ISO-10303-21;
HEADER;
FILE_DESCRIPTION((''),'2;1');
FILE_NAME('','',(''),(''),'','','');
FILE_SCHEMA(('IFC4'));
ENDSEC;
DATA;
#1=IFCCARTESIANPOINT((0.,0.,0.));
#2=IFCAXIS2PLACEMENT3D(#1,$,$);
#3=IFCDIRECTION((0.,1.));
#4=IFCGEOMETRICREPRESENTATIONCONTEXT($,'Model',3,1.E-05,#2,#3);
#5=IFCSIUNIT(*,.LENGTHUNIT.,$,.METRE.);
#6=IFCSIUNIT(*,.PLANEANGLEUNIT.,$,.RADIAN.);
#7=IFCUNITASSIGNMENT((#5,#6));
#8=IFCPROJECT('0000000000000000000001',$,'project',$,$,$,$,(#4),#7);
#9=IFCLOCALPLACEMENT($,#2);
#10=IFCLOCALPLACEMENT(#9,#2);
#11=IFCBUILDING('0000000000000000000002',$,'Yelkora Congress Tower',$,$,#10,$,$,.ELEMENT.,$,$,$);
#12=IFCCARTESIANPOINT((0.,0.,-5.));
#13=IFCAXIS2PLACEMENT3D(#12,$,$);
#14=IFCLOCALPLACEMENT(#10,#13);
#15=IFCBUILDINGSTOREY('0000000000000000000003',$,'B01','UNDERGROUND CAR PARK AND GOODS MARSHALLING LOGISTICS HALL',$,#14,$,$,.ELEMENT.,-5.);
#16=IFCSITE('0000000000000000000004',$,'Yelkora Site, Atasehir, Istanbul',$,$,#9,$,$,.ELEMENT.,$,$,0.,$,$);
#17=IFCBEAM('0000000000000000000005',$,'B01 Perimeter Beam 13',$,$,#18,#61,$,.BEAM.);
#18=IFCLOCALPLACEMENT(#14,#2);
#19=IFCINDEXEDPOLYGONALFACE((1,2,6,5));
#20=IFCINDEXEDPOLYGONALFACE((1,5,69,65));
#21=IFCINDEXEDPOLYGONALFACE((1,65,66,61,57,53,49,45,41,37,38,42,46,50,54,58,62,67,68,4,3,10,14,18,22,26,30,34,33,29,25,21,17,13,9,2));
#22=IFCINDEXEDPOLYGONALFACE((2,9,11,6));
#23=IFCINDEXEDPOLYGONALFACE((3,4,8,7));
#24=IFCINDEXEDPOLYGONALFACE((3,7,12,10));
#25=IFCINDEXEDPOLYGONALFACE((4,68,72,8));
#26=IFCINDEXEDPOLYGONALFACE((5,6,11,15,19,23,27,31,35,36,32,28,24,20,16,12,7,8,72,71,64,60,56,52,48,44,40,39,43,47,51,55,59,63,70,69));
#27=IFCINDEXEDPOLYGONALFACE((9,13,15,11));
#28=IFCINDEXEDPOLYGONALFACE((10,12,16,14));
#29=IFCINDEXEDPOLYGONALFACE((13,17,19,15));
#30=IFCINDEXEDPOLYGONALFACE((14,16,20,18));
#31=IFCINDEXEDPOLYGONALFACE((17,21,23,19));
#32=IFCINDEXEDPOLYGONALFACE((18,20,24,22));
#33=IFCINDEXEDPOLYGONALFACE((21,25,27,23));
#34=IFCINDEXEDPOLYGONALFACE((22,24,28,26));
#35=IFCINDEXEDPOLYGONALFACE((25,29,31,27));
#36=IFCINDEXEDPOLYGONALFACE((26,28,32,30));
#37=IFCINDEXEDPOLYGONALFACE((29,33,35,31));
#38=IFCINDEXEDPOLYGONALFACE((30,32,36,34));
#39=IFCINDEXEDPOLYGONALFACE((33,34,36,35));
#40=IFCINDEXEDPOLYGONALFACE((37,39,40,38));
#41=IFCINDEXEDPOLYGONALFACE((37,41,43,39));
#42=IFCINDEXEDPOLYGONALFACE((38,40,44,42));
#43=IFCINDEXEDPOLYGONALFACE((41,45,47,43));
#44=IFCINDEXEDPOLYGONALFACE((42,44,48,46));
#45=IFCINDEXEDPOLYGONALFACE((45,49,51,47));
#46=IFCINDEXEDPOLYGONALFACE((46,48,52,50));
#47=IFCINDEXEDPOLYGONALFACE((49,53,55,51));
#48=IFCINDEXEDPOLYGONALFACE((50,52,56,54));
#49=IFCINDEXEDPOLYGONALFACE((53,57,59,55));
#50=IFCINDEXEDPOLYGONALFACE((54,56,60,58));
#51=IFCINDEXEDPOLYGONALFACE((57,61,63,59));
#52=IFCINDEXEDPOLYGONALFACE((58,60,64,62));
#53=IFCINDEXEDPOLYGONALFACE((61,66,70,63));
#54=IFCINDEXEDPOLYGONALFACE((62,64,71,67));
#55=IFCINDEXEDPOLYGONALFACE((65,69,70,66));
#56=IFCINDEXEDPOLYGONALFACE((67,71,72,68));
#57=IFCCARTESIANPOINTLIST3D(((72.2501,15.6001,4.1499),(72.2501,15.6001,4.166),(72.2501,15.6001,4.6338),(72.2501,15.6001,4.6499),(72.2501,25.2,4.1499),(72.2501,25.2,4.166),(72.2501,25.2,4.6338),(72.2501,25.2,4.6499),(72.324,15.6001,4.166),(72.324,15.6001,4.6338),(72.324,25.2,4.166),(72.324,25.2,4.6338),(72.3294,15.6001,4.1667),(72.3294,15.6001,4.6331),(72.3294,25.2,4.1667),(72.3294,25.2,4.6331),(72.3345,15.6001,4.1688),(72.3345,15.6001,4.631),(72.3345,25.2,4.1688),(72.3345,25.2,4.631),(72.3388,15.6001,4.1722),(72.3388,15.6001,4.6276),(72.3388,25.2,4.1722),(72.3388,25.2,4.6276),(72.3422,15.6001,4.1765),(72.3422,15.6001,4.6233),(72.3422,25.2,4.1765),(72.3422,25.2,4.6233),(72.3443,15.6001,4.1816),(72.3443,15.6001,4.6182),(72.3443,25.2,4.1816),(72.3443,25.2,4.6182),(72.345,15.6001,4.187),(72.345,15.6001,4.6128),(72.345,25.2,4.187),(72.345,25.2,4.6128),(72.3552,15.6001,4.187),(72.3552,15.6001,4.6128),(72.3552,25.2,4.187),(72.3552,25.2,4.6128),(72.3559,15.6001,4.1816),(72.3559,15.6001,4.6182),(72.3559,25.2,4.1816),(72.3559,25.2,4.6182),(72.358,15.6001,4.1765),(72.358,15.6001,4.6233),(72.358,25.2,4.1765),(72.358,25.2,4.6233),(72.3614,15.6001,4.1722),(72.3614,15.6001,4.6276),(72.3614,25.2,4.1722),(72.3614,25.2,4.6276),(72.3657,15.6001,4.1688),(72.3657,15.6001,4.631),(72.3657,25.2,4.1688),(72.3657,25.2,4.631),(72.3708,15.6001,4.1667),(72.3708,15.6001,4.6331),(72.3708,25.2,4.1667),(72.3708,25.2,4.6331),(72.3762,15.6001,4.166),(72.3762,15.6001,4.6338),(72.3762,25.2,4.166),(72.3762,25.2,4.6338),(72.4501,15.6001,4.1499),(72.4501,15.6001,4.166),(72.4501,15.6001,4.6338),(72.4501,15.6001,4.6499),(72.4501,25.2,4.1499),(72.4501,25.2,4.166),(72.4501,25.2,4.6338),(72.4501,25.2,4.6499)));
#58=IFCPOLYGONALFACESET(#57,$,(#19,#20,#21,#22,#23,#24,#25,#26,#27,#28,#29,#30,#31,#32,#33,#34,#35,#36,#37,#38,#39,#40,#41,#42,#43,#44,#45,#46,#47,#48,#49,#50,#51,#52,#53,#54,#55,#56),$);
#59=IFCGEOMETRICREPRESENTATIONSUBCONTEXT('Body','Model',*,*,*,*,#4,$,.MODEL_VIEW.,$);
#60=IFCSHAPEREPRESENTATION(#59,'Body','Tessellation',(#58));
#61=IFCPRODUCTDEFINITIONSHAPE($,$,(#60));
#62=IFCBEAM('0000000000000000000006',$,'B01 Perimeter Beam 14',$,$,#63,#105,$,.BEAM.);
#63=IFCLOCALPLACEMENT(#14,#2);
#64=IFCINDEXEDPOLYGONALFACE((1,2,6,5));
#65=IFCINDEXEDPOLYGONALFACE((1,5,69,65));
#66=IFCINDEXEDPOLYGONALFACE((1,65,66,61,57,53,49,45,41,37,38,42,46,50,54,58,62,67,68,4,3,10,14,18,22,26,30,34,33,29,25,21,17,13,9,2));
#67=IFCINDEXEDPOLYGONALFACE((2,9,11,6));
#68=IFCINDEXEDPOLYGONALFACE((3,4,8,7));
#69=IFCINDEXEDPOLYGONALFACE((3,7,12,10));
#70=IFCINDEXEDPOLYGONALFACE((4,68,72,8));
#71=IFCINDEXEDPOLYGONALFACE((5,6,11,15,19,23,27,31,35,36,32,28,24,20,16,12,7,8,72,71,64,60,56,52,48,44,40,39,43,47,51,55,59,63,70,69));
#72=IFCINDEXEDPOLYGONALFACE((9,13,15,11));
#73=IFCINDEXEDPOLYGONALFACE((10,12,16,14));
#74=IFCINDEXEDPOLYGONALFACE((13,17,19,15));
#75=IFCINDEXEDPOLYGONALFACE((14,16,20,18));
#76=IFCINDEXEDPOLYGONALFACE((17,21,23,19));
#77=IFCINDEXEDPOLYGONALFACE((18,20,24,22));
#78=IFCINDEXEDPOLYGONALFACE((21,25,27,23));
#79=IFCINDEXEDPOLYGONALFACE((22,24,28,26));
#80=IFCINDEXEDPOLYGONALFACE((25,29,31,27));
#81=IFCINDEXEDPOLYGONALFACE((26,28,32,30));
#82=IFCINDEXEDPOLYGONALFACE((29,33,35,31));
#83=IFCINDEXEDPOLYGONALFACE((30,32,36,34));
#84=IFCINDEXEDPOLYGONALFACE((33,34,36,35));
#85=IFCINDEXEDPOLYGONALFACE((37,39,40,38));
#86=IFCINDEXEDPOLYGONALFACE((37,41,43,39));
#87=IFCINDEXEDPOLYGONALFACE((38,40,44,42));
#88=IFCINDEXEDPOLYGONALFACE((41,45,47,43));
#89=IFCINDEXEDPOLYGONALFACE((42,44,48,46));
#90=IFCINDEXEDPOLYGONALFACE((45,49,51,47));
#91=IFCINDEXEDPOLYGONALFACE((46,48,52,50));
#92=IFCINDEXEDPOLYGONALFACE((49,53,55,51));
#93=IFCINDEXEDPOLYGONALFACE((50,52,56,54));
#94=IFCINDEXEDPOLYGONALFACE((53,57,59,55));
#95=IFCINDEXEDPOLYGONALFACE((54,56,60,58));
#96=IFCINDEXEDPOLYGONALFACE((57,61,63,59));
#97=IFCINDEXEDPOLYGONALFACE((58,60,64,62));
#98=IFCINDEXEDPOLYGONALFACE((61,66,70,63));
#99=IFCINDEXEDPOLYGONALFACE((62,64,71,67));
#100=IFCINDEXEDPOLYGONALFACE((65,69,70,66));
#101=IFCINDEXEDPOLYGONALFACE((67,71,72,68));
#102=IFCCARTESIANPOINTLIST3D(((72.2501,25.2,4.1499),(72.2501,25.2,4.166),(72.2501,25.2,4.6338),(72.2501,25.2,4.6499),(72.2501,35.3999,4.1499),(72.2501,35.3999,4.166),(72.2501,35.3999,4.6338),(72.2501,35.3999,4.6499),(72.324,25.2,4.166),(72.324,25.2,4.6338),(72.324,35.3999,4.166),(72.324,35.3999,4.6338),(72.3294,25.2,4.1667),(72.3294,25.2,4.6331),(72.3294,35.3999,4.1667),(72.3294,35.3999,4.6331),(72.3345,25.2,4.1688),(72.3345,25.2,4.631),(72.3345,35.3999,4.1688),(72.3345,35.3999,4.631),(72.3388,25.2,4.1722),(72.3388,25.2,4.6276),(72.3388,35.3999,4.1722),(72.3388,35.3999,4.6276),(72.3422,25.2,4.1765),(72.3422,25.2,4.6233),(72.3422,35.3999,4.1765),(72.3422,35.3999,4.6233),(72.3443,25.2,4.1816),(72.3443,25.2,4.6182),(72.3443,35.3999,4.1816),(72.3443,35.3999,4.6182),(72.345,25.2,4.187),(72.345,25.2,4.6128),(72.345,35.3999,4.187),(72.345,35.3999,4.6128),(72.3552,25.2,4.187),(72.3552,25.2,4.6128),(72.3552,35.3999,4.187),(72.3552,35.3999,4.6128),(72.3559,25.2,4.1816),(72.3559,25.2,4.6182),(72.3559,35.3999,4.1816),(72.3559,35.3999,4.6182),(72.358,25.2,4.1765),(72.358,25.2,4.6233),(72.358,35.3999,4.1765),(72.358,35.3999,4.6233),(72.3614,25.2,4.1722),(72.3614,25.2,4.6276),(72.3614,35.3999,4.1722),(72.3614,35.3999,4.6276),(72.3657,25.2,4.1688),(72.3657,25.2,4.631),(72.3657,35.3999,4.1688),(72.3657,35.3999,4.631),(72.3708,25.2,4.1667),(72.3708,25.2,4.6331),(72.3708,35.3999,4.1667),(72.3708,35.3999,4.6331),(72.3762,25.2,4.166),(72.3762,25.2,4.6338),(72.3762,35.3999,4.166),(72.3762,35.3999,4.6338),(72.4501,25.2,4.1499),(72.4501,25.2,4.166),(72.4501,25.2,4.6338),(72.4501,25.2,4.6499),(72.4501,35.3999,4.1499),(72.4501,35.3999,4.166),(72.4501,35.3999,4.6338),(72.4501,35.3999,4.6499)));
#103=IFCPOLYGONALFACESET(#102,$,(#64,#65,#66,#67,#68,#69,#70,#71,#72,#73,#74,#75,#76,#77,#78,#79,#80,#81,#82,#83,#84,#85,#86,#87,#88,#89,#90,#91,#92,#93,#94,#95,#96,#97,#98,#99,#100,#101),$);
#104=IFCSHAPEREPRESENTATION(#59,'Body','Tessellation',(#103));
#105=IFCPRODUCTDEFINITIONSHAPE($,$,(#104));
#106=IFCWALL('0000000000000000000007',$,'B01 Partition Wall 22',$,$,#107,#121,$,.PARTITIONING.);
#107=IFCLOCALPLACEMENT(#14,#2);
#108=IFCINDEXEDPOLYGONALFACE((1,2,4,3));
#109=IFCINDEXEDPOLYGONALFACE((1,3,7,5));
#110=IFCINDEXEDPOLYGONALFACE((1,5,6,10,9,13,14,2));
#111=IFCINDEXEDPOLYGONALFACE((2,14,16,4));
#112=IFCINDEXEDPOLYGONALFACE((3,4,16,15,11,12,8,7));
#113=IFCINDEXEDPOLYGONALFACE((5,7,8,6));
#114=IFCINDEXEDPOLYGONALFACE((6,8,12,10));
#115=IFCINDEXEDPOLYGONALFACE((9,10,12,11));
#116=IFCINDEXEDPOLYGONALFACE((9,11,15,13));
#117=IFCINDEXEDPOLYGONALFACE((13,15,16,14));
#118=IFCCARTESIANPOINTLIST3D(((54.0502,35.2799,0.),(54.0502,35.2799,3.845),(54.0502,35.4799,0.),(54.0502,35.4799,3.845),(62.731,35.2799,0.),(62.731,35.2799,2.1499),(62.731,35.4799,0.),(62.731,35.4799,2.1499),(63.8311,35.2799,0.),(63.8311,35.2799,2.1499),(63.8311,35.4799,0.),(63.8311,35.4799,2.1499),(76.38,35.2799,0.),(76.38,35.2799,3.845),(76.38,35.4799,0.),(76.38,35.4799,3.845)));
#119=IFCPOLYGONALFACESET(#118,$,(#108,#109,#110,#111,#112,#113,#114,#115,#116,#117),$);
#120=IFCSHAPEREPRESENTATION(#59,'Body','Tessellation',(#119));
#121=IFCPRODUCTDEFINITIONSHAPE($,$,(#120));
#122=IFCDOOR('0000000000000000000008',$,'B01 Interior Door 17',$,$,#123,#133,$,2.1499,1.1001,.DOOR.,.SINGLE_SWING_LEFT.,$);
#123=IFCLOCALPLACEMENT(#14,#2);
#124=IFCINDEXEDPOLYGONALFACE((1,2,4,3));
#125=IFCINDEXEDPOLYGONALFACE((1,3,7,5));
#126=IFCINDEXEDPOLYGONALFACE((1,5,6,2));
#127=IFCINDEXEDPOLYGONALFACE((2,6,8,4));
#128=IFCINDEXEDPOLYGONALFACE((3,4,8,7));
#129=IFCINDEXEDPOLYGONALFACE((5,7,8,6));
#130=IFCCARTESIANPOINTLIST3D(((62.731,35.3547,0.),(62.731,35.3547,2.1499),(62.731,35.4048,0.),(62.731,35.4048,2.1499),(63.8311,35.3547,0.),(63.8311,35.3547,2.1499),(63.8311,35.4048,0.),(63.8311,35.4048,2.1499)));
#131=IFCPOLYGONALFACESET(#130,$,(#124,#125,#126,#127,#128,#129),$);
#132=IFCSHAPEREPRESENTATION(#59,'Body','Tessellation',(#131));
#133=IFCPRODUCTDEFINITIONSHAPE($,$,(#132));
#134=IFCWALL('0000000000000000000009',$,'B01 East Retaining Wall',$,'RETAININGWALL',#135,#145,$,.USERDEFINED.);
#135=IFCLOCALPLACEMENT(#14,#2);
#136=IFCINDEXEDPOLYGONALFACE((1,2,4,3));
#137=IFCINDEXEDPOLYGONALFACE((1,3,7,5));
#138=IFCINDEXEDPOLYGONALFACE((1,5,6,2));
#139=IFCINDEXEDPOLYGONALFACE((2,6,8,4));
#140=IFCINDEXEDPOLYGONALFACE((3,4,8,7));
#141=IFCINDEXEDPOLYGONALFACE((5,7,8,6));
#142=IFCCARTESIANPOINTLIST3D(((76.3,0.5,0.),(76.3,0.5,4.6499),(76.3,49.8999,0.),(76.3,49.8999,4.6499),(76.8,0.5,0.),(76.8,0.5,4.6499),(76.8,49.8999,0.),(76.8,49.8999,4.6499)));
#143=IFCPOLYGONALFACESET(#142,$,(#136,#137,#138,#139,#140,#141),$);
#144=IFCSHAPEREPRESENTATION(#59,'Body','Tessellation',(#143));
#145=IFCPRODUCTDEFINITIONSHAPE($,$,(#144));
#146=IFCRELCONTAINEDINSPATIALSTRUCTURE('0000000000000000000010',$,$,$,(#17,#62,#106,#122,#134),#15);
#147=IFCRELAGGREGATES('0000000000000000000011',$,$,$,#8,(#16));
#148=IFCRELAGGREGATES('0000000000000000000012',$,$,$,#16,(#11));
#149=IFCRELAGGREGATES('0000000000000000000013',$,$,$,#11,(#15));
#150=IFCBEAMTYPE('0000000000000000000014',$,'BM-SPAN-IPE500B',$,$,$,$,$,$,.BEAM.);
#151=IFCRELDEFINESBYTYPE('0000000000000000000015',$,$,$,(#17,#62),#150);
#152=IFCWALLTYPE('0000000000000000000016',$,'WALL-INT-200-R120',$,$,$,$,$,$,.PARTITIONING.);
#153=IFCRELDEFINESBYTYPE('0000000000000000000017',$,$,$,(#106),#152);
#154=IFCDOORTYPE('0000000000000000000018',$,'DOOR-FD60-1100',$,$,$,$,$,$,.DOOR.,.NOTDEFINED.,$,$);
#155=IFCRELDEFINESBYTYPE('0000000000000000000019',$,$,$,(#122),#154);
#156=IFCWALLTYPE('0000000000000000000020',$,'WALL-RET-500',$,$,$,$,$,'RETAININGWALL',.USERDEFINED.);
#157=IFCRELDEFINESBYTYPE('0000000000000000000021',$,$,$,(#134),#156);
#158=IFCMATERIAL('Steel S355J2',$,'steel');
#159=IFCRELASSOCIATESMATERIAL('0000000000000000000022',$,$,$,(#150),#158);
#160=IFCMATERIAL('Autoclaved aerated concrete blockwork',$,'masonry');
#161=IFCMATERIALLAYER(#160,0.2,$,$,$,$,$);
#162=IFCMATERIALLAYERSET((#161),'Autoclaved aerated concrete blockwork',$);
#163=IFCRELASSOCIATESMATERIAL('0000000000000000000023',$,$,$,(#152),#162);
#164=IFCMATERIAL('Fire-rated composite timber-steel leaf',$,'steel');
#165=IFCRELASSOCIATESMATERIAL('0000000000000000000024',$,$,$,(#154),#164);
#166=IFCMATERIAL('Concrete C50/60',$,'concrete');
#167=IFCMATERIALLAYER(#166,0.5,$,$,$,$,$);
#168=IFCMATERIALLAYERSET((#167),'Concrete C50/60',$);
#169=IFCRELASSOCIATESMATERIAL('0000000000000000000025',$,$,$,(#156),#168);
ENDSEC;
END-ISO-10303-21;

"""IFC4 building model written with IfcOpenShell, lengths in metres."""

from ifc_helpers import new_model, si_unit, direction, frame, frame_2d, origin, origin_2d, place, context, subcontext, project, spatial, rectangle, i_section, extrude, material, layer, layer_set, material_profile, profile_set, type_object, element, fill, save


model = new_model("IFC4")

# Units and contexts
model_context = context("Model", 3, precision=1e-05, world=origin(), true_north=direction((0.0, 1.0)))
body_context = subcontext(model_context, "Body", "Model", "MODEL_VIEW")
ifc_project = project(units=[si_unit("LENGTHUNIT", "METRE"), si_unit("PLANEANGLEUNIT", "RADIAN")], contexts=[model_context])

# Site, building, storey
site_placement = place(None, origin())
site = spatial("IfcSite", under=ifc_project, at=site_placement, Name="Yelkora Site, Atasehir, Istanbul", CompositionType="ELEMENT", RefElevation=0.0)
building_placement = place(site_placement, origin())
building = spatial("IfcBuilding", under=site, at=building_placement, Name="Yelkora Congress Tower", CompositionType="ELEMENT")
storey_placement = place(building_placement, frame((0.0, 0.0, -5.0)))
storey = spatial("IfcBuildingStorey", under=building, at=storey_placement, Name="B01", Description="UNDERGROUND CAR PARK AND GOODS MARSHALLING LOGISTICS HALL", CompositionType="ELEMENT", Elevation=-5.0)

# Shared definitions
ifc_material_1 = material(Name="Concrete C50/60", Category="concrete")

# Beams
ifc_material_2 = material(Name="Steel S355J2", Category="steel")
ifc_material_profile_1 = material_profile(ifc_material_2, i_section(OverallWidth=0.2, OverallDepth=0.5, WebThickness=0.0103, FlangeThickness=0.0161, FilletRadius=0.021, at=origin_2d()), Name="IPE 500")
ifc_profile_set_1 = profile_set([ifc_material_profile_1], Name="Steel S355J2")
beam_type_1 = type_object("IfcBeamType", Name="BM-SPAN-IPE500B", PredefinedType="BEAM", material=ifc_profile_set_1)
beam_1_placement = place(storey_placement, frame((72.3501, 15.6001, 4.3999), z_axis=(0.0, 1.0, 0.0), x_axis=(-1.0, 0.0, 0.0)))
element("IfcBeam", 1, at=beam_1_placement, inside=storey, type_object=beam_type_1, Name="B01 Perimeter Beam 13", PredefinedType="BEAM", context=body_context, shape_type="SweptSolid", body=[
    extrude(i_section(OverallWidth=0.2, OverallDepth=0.5, WebThickness=0.0103, FlangeThickness=0.0161, FilletRadius=0.021, at=origin_2d()), origin(), (0.0, 0.0, 1.0), 9.5999),
])
beam_2_placement = place(storey_placement, frame((72.3501, 25.2, 4.3999), z_axis=(0.0, 1.0, 0.0), x_axis=(-1.0, 0.0, 0.0)))
element("IfcBeam", 2, at=beam_2_placement, inside=storey, type_object=beam_type_1, Name="B01 Perimeter Beam 14", PredefinedType="BEAM", context=body_context, shape_type="SweptSolid", body=[
    extrude(i_section(OverallWidth=0.2, OverallDepth=0.5, WebThickness=0.0103, FlangeThickness=0.0161, FilletRadius=0.021, at=origin_2d()), origin(), (0.0, 0.0, 1.0), 10.2),
])

# Wall, opening, door
ifc_material_3 = material(Name="Autoclaved aerated concrete blockwork", Category="masonry")
ifc_layer_1 = layer(ifc_material_3, 0.2)
ifc_layer_set_1 = layer_set([ifc_layer_1], Name="Autoclaved aerated concrete blockwork")
wall_type_1 = type_object("IfcWallType", Name="WALL-INT-200-R120", PredefinedType="PARTITIONING", material=ifc_layer_set_1)
wall_1_placement = place(storey_placement, frame((54.05, 35.3799, 0.0), z_axis=(0.0, 0.0, 1.0), x_axis=(1.0, 0.0, 0.0)))
wall_1 = element("IfcWall", 3, at=wall_1_placement, inside=storey, type_object=wall_type_1, Name="B01 Partition Wall 22", PredefinedType="PARTITIONING", context=body_context, shape_type="SweptSolid", body=[
    extrude(rectangle(XDim=22.3298, YDim=0.2, at=frame_2d((11.165, 0.0))), origin(), (0.0, 0.0, 1.0), 3.845),
])
opening_placement = place(wall_1_placement, frame((8.6809, 0.0, 0.0)))
opening = element("IfcOpeningElement", 4, at=opening_placement, cuts=wall_1, PredefinedType="OPENING", context=body_context, shape_type="SweptSolid", body=[
    extrude(rectangle(XDim=1.1001, YDim=2.1499, at=frame_2d((0.55, 1.075))), frame((0.0, 0.1099, 0.0), z_axis=(0.0, -1.0, 0.0), x_axis=(1.0, 0.0, 0.0)), (0.0, 0.0, 1.0), 0.22),
])
ifc_material_4 = material(Name="Fire-rated composite timber-steel leaf", Category="steel")
door_type = type_object("IfcDoorType", Name="DOOR-FD60-1100", OperationType="NOTDEFINED", PredefinedType="DOOR", material=ifc_material_4)
door_placement = place(opening_placement, origin())
door = element("IfcDoor", 5, at=door_placement, inside=storey, type_object=door_type, Name="B01 Interior Door 17", OperationType="SINGLE_SWING_LEFT", OverallHeight=2.1499, OverallWidth=1.1001, PredefinedType="DOOR", context=body_context, shape_type="SweptSolid", body=[
    extrude(rectangle(XDim=1.1001, YDim=2.1499, at=frame_2d((0.55, 1.075))), frame((0.0, 0.0249, 0.0), z_axis=(0.0, -1.0, 0.0), x_axis=(1.0, 0.0, 0.0)), (0.0, 0.0, 1.0), 0.05),
])
fill(opening, door)

# Wall
ifc_layer_2 = layer(ifc_material_1, 0.5)
ifc_layer_set_2 = layer_set([ifc_layer_2], Name="Concrete C50/60")
wall_type_2 = type_object("IfcWallType", Name="WALL-RET-500", ElementType="RETAININGWALL", PredefinedType="USERDEFINED", material=ifc_layer_set_2)
wall_2_placement = place(storey_placement, frame((76.55, 0.5, 0.0), z_axis=(0.0, 0.0, 1.0), x_axis=(0.0, 1.0, 0.0)))
element("IfcWall", 6, at=wall_2_placement, inside=storey, type_object=wall_type_2, Name="B01 East Retaining Wall", ObjectType="RETAININGWALL", PredefinedType="USERDEFINED", context=body_context, shape_type="SweptSolid", body=[
    extrude(rectangle(XDim=49.3999, YDim=0.5, at=frame_2d((24.7, 0.0))), origin(), (0.0, 0.0, 1.0), 4.6499),
])

save(model, "model.ifc")
